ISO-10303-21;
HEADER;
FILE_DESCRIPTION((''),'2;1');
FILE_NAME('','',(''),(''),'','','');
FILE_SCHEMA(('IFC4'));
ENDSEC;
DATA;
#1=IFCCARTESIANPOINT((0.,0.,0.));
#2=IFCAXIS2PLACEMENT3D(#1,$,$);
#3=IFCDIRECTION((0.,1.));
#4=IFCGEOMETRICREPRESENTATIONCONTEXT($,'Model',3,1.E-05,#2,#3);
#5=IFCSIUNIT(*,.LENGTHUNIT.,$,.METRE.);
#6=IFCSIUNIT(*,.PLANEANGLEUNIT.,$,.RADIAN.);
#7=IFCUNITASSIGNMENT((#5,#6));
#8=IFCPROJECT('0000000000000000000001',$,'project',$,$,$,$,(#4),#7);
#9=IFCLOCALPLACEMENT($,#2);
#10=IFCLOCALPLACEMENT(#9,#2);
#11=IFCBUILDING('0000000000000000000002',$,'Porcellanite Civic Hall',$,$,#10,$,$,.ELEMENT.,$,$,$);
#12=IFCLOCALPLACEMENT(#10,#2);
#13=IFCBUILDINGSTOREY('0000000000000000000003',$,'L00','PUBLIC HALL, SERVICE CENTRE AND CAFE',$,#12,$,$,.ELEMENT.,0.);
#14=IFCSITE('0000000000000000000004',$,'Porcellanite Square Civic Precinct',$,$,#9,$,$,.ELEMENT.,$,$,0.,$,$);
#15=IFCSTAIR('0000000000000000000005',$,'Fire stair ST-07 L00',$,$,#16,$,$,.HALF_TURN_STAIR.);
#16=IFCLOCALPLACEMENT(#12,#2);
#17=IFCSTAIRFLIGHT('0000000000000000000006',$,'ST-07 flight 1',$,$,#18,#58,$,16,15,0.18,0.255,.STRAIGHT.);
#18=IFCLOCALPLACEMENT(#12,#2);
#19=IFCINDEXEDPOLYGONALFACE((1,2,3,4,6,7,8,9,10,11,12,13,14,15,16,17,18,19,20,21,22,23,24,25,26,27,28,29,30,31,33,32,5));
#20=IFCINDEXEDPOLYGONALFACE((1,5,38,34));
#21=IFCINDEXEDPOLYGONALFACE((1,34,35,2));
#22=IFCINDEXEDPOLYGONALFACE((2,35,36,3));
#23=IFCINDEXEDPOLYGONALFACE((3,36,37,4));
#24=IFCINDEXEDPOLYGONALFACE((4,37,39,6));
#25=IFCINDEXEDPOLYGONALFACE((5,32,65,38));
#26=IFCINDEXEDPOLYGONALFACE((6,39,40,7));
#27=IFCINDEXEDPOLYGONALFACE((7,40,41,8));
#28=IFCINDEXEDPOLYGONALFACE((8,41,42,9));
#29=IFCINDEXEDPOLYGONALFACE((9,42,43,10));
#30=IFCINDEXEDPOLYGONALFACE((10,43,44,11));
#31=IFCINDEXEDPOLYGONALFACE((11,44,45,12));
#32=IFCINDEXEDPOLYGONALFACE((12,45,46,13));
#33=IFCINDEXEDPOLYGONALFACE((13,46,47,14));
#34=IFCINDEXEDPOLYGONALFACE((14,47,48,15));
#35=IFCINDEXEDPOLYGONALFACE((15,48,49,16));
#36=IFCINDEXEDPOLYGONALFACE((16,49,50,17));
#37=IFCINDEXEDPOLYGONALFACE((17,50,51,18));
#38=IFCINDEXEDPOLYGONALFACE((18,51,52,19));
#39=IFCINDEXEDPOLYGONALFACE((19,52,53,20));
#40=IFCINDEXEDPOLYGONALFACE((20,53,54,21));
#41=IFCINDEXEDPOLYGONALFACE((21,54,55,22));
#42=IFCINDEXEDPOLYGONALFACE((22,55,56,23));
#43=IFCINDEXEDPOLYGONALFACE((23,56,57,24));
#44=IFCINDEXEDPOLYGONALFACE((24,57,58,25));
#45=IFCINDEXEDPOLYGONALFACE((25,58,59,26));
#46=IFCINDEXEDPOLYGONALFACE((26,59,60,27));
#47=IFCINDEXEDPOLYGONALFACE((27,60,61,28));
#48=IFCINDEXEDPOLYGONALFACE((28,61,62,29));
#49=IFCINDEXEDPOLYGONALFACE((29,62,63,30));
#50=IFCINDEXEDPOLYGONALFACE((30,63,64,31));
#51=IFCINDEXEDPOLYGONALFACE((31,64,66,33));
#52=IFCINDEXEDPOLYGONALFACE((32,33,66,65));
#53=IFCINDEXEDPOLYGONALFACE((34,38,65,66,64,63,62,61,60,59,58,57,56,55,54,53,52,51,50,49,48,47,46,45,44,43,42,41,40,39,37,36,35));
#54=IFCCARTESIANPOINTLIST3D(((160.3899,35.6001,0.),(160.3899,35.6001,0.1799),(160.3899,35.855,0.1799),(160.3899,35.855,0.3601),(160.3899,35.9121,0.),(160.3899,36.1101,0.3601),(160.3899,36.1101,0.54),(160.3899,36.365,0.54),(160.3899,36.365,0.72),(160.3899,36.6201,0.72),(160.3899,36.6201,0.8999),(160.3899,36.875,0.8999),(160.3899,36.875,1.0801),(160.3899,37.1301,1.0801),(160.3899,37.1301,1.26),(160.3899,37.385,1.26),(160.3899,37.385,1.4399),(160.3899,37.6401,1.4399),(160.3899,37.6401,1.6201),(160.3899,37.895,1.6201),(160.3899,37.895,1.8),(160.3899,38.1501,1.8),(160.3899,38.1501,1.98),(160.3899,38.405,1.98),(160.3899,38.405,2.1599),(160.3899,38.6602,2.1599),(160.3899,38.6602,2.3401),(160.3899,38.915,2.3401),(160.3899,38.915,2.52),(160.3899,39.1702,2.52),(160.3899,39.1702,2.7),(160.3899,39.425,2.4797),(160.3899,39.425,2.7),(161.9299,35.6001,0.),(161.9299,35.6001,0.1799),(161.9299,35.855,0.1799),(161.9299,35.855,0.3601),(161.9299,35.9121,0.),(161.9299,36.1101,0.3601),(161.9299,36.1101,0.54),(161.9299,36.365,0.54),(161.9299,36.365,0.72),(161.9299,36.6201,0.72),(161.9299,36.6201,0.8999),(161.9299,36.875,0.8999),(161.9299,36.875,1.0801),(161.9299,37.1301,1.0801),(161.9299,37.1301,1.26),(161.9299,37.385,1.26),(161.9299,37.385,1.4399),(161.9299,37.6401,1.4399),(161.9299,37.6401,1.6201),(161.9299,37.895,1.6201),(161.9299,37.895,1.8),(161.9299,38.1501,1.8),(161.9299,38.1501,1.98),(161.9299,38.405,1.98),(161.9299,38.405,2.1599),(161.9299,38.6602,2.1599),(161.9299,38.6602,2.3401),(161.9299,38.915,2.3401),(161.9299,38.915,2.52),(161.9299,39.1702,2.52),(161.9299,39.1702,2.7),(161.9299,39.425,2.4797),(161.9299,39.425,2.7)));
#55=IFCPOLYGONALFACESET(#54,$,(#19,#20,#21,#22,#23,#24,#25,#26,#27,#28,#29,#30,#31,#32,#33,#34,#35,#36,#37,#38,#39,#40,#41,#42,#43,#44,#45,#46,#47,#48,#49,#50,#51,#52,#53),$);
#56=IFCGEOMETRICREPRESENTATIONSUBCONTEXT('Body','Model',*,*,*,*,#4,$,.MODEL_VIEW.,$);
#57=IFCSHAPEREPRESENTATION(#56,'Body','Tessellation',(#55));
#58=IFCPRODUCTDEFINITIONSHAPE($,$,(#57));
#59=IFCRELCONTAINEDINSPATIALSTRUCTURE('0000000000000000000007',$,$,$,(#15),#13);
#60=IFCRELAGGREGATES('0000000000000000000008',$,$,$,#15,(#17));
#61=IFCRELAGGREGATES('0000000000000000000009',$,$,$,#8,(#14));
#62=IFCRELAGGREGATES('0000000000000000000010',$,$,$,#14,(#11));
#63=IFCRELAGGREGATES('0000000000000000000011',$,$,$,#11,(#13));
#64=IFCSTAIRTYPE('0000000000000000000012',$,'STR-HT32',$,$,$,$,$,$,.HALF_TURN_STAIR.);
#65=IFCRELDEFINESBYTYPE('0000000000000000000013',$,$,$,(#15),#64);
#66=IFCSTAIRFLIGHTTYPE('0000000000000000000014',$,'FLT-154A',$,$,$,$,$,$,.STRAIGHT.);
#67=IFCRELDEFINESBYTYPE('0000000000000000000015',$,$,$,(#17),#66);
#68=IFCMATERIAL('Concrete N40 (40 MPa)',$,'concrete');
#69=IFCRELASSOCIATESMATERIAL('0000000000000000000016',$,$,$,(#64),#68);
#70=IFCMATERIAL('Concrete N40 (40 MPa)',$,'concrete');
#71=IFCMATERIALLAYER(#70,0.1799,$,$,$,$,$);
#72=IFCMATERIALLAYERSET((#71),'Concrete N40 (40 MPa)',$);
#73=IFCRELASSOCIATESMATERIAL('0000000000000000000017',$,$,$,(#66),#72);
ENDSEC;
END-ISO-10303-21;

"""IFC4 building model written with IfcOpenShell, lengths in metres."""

from ifc_helpers import new_model, si_unit, direction, frame, origin, place, context, subcontext, project, spatial, polyline, outline, extrude, material, layer, layer_set, type_object, element, aggregate, save


model = new_model("IFC4")

# Units and contexts
model_context = context("Model", 3, precision=1e-05, world=origin(), true_north=direction((0.0, 1.0)))
body_context = subcontext(model_context, "Body", "Model", "MODEL_VIEW")
ifc_project = project(units=[si_unit("LENGTHUNIT", "METRE"), si_unit("PLANEANGLEUNIT", "RADIAN")], contexts=[model_context])

# Site, building, storey
site_placement = place(None, origin())
site = spatial("IfcSite", under=ifc_project, at=site_placement, Name="Porcellanite Square Civic Precinct", CompositionType="ELEMENT", RefElevation=0.0)
building_placement = place(site_placement, origin())
building = spatial("IfcBuilding", under=site, at=building_placement, Name="Porcellanite Civic Hall", CompositionType="ELEMENT")
storey_placement = place(building_placement, origin())
storey = spatial("IfcBuildingStorey", under=building, at=storey_placement, Name="L00", Description="PUBLIC HALL, SERVICE CENTRE AND CAFE", CompositionType="ELEMENT", Elevation=0.0)

# Stair, stair flight
ifc_material_1 = material(Name="Concrete N40 (40 MPa)", Category="concrete")
stair_type = type_object("IfcStairType", Name="STR-HT32", PredefinedType="HALF_TURN_STAIR", material=ifc_material_1)
stair_placement = place(storey_placement, origin())
stair = element("IfcStair", 1, at=stair_placement, inside=storey, type_object=stair_type, Name="Fire stair ST-07 L00", PredefinedType="HALF_TURN_STAIR")
ifc_material_2 = material(Name="Concrete N40 (40 MPa)", Category="concrete")
ifc_layer_1 = layer(ifc_material_2, 0.1799)
ifc_layer_set_1 = layer_set([ifc_layer_1], Name="Concrete N40 (40 MPa)")
stair_flight_type = type_object("IfcStairFlightType", Name="FLT-154A", PredefinedType="STRAIGHT", material=ifc_layer_set_1)
stair_flight_placement = place(storey_placement, frame((161.1599, 35.6001, 0.0), z_axis=(0.0, 0.0, 1.0), x_axis=(0.0, 1.0, 0.0)))
stair_flight = element("IfcStairFlight", 2, at=stair_flight_placement, type_object=stair_flight_type, Name="ST-07 flight 1", NumberOfRisers=16, NumberOfTreads=15, PredefinedType="STRAIGHT", RiserHeight=0.18, TreadLength=0.255, context=body_context, shape_type="SweptSolid", body=[
    extrude(outline(polyline([(0.0, 0.0), (0.0, 0.1799), (0.2549, 0.1799), (0.2549, 0.3601), (0.51, 0.3601), (0.51, 0.54), (0.7649, 0.54), (0.7649, 0.72), (1.02, 0.72), (1.02, 0.8999), (1.2749, 0.8999), (1.2749, 1.0801), (1.53, 1.0801), (1.53, 1.26), (1.7849, 1.26), (1.7849, 1.4399), (2.04, 1.4399), (2.04, 1.6201), (2.2949, 1.6201), (2.2949, 1.8), (2.55, 1.8), (2.55, 1.98), (2.8049, 1.98), (2.8049, 2.1599), (3.0601, 2.1599), (3.0601, 2.3401), (3.3149, 2.3401), (3.3149, 2.52), (3.5701, 2.52), (3.5701, 2.7), (3.825, 2.7), (3.825, 2.8799), (3.825, 2.4797), (0.312, 0.0), (0.0, 0.0)])), frame((0.0, 0.77, 0.0), z_axis=(0.0, -1.0, 0.0), x_axis=(1.0, 0.0, 0.0)), (0.0, 0.0, 1.0), 1.54),
])
aggregate(stair, [stair_flight])

save(model, "model.ifc")
